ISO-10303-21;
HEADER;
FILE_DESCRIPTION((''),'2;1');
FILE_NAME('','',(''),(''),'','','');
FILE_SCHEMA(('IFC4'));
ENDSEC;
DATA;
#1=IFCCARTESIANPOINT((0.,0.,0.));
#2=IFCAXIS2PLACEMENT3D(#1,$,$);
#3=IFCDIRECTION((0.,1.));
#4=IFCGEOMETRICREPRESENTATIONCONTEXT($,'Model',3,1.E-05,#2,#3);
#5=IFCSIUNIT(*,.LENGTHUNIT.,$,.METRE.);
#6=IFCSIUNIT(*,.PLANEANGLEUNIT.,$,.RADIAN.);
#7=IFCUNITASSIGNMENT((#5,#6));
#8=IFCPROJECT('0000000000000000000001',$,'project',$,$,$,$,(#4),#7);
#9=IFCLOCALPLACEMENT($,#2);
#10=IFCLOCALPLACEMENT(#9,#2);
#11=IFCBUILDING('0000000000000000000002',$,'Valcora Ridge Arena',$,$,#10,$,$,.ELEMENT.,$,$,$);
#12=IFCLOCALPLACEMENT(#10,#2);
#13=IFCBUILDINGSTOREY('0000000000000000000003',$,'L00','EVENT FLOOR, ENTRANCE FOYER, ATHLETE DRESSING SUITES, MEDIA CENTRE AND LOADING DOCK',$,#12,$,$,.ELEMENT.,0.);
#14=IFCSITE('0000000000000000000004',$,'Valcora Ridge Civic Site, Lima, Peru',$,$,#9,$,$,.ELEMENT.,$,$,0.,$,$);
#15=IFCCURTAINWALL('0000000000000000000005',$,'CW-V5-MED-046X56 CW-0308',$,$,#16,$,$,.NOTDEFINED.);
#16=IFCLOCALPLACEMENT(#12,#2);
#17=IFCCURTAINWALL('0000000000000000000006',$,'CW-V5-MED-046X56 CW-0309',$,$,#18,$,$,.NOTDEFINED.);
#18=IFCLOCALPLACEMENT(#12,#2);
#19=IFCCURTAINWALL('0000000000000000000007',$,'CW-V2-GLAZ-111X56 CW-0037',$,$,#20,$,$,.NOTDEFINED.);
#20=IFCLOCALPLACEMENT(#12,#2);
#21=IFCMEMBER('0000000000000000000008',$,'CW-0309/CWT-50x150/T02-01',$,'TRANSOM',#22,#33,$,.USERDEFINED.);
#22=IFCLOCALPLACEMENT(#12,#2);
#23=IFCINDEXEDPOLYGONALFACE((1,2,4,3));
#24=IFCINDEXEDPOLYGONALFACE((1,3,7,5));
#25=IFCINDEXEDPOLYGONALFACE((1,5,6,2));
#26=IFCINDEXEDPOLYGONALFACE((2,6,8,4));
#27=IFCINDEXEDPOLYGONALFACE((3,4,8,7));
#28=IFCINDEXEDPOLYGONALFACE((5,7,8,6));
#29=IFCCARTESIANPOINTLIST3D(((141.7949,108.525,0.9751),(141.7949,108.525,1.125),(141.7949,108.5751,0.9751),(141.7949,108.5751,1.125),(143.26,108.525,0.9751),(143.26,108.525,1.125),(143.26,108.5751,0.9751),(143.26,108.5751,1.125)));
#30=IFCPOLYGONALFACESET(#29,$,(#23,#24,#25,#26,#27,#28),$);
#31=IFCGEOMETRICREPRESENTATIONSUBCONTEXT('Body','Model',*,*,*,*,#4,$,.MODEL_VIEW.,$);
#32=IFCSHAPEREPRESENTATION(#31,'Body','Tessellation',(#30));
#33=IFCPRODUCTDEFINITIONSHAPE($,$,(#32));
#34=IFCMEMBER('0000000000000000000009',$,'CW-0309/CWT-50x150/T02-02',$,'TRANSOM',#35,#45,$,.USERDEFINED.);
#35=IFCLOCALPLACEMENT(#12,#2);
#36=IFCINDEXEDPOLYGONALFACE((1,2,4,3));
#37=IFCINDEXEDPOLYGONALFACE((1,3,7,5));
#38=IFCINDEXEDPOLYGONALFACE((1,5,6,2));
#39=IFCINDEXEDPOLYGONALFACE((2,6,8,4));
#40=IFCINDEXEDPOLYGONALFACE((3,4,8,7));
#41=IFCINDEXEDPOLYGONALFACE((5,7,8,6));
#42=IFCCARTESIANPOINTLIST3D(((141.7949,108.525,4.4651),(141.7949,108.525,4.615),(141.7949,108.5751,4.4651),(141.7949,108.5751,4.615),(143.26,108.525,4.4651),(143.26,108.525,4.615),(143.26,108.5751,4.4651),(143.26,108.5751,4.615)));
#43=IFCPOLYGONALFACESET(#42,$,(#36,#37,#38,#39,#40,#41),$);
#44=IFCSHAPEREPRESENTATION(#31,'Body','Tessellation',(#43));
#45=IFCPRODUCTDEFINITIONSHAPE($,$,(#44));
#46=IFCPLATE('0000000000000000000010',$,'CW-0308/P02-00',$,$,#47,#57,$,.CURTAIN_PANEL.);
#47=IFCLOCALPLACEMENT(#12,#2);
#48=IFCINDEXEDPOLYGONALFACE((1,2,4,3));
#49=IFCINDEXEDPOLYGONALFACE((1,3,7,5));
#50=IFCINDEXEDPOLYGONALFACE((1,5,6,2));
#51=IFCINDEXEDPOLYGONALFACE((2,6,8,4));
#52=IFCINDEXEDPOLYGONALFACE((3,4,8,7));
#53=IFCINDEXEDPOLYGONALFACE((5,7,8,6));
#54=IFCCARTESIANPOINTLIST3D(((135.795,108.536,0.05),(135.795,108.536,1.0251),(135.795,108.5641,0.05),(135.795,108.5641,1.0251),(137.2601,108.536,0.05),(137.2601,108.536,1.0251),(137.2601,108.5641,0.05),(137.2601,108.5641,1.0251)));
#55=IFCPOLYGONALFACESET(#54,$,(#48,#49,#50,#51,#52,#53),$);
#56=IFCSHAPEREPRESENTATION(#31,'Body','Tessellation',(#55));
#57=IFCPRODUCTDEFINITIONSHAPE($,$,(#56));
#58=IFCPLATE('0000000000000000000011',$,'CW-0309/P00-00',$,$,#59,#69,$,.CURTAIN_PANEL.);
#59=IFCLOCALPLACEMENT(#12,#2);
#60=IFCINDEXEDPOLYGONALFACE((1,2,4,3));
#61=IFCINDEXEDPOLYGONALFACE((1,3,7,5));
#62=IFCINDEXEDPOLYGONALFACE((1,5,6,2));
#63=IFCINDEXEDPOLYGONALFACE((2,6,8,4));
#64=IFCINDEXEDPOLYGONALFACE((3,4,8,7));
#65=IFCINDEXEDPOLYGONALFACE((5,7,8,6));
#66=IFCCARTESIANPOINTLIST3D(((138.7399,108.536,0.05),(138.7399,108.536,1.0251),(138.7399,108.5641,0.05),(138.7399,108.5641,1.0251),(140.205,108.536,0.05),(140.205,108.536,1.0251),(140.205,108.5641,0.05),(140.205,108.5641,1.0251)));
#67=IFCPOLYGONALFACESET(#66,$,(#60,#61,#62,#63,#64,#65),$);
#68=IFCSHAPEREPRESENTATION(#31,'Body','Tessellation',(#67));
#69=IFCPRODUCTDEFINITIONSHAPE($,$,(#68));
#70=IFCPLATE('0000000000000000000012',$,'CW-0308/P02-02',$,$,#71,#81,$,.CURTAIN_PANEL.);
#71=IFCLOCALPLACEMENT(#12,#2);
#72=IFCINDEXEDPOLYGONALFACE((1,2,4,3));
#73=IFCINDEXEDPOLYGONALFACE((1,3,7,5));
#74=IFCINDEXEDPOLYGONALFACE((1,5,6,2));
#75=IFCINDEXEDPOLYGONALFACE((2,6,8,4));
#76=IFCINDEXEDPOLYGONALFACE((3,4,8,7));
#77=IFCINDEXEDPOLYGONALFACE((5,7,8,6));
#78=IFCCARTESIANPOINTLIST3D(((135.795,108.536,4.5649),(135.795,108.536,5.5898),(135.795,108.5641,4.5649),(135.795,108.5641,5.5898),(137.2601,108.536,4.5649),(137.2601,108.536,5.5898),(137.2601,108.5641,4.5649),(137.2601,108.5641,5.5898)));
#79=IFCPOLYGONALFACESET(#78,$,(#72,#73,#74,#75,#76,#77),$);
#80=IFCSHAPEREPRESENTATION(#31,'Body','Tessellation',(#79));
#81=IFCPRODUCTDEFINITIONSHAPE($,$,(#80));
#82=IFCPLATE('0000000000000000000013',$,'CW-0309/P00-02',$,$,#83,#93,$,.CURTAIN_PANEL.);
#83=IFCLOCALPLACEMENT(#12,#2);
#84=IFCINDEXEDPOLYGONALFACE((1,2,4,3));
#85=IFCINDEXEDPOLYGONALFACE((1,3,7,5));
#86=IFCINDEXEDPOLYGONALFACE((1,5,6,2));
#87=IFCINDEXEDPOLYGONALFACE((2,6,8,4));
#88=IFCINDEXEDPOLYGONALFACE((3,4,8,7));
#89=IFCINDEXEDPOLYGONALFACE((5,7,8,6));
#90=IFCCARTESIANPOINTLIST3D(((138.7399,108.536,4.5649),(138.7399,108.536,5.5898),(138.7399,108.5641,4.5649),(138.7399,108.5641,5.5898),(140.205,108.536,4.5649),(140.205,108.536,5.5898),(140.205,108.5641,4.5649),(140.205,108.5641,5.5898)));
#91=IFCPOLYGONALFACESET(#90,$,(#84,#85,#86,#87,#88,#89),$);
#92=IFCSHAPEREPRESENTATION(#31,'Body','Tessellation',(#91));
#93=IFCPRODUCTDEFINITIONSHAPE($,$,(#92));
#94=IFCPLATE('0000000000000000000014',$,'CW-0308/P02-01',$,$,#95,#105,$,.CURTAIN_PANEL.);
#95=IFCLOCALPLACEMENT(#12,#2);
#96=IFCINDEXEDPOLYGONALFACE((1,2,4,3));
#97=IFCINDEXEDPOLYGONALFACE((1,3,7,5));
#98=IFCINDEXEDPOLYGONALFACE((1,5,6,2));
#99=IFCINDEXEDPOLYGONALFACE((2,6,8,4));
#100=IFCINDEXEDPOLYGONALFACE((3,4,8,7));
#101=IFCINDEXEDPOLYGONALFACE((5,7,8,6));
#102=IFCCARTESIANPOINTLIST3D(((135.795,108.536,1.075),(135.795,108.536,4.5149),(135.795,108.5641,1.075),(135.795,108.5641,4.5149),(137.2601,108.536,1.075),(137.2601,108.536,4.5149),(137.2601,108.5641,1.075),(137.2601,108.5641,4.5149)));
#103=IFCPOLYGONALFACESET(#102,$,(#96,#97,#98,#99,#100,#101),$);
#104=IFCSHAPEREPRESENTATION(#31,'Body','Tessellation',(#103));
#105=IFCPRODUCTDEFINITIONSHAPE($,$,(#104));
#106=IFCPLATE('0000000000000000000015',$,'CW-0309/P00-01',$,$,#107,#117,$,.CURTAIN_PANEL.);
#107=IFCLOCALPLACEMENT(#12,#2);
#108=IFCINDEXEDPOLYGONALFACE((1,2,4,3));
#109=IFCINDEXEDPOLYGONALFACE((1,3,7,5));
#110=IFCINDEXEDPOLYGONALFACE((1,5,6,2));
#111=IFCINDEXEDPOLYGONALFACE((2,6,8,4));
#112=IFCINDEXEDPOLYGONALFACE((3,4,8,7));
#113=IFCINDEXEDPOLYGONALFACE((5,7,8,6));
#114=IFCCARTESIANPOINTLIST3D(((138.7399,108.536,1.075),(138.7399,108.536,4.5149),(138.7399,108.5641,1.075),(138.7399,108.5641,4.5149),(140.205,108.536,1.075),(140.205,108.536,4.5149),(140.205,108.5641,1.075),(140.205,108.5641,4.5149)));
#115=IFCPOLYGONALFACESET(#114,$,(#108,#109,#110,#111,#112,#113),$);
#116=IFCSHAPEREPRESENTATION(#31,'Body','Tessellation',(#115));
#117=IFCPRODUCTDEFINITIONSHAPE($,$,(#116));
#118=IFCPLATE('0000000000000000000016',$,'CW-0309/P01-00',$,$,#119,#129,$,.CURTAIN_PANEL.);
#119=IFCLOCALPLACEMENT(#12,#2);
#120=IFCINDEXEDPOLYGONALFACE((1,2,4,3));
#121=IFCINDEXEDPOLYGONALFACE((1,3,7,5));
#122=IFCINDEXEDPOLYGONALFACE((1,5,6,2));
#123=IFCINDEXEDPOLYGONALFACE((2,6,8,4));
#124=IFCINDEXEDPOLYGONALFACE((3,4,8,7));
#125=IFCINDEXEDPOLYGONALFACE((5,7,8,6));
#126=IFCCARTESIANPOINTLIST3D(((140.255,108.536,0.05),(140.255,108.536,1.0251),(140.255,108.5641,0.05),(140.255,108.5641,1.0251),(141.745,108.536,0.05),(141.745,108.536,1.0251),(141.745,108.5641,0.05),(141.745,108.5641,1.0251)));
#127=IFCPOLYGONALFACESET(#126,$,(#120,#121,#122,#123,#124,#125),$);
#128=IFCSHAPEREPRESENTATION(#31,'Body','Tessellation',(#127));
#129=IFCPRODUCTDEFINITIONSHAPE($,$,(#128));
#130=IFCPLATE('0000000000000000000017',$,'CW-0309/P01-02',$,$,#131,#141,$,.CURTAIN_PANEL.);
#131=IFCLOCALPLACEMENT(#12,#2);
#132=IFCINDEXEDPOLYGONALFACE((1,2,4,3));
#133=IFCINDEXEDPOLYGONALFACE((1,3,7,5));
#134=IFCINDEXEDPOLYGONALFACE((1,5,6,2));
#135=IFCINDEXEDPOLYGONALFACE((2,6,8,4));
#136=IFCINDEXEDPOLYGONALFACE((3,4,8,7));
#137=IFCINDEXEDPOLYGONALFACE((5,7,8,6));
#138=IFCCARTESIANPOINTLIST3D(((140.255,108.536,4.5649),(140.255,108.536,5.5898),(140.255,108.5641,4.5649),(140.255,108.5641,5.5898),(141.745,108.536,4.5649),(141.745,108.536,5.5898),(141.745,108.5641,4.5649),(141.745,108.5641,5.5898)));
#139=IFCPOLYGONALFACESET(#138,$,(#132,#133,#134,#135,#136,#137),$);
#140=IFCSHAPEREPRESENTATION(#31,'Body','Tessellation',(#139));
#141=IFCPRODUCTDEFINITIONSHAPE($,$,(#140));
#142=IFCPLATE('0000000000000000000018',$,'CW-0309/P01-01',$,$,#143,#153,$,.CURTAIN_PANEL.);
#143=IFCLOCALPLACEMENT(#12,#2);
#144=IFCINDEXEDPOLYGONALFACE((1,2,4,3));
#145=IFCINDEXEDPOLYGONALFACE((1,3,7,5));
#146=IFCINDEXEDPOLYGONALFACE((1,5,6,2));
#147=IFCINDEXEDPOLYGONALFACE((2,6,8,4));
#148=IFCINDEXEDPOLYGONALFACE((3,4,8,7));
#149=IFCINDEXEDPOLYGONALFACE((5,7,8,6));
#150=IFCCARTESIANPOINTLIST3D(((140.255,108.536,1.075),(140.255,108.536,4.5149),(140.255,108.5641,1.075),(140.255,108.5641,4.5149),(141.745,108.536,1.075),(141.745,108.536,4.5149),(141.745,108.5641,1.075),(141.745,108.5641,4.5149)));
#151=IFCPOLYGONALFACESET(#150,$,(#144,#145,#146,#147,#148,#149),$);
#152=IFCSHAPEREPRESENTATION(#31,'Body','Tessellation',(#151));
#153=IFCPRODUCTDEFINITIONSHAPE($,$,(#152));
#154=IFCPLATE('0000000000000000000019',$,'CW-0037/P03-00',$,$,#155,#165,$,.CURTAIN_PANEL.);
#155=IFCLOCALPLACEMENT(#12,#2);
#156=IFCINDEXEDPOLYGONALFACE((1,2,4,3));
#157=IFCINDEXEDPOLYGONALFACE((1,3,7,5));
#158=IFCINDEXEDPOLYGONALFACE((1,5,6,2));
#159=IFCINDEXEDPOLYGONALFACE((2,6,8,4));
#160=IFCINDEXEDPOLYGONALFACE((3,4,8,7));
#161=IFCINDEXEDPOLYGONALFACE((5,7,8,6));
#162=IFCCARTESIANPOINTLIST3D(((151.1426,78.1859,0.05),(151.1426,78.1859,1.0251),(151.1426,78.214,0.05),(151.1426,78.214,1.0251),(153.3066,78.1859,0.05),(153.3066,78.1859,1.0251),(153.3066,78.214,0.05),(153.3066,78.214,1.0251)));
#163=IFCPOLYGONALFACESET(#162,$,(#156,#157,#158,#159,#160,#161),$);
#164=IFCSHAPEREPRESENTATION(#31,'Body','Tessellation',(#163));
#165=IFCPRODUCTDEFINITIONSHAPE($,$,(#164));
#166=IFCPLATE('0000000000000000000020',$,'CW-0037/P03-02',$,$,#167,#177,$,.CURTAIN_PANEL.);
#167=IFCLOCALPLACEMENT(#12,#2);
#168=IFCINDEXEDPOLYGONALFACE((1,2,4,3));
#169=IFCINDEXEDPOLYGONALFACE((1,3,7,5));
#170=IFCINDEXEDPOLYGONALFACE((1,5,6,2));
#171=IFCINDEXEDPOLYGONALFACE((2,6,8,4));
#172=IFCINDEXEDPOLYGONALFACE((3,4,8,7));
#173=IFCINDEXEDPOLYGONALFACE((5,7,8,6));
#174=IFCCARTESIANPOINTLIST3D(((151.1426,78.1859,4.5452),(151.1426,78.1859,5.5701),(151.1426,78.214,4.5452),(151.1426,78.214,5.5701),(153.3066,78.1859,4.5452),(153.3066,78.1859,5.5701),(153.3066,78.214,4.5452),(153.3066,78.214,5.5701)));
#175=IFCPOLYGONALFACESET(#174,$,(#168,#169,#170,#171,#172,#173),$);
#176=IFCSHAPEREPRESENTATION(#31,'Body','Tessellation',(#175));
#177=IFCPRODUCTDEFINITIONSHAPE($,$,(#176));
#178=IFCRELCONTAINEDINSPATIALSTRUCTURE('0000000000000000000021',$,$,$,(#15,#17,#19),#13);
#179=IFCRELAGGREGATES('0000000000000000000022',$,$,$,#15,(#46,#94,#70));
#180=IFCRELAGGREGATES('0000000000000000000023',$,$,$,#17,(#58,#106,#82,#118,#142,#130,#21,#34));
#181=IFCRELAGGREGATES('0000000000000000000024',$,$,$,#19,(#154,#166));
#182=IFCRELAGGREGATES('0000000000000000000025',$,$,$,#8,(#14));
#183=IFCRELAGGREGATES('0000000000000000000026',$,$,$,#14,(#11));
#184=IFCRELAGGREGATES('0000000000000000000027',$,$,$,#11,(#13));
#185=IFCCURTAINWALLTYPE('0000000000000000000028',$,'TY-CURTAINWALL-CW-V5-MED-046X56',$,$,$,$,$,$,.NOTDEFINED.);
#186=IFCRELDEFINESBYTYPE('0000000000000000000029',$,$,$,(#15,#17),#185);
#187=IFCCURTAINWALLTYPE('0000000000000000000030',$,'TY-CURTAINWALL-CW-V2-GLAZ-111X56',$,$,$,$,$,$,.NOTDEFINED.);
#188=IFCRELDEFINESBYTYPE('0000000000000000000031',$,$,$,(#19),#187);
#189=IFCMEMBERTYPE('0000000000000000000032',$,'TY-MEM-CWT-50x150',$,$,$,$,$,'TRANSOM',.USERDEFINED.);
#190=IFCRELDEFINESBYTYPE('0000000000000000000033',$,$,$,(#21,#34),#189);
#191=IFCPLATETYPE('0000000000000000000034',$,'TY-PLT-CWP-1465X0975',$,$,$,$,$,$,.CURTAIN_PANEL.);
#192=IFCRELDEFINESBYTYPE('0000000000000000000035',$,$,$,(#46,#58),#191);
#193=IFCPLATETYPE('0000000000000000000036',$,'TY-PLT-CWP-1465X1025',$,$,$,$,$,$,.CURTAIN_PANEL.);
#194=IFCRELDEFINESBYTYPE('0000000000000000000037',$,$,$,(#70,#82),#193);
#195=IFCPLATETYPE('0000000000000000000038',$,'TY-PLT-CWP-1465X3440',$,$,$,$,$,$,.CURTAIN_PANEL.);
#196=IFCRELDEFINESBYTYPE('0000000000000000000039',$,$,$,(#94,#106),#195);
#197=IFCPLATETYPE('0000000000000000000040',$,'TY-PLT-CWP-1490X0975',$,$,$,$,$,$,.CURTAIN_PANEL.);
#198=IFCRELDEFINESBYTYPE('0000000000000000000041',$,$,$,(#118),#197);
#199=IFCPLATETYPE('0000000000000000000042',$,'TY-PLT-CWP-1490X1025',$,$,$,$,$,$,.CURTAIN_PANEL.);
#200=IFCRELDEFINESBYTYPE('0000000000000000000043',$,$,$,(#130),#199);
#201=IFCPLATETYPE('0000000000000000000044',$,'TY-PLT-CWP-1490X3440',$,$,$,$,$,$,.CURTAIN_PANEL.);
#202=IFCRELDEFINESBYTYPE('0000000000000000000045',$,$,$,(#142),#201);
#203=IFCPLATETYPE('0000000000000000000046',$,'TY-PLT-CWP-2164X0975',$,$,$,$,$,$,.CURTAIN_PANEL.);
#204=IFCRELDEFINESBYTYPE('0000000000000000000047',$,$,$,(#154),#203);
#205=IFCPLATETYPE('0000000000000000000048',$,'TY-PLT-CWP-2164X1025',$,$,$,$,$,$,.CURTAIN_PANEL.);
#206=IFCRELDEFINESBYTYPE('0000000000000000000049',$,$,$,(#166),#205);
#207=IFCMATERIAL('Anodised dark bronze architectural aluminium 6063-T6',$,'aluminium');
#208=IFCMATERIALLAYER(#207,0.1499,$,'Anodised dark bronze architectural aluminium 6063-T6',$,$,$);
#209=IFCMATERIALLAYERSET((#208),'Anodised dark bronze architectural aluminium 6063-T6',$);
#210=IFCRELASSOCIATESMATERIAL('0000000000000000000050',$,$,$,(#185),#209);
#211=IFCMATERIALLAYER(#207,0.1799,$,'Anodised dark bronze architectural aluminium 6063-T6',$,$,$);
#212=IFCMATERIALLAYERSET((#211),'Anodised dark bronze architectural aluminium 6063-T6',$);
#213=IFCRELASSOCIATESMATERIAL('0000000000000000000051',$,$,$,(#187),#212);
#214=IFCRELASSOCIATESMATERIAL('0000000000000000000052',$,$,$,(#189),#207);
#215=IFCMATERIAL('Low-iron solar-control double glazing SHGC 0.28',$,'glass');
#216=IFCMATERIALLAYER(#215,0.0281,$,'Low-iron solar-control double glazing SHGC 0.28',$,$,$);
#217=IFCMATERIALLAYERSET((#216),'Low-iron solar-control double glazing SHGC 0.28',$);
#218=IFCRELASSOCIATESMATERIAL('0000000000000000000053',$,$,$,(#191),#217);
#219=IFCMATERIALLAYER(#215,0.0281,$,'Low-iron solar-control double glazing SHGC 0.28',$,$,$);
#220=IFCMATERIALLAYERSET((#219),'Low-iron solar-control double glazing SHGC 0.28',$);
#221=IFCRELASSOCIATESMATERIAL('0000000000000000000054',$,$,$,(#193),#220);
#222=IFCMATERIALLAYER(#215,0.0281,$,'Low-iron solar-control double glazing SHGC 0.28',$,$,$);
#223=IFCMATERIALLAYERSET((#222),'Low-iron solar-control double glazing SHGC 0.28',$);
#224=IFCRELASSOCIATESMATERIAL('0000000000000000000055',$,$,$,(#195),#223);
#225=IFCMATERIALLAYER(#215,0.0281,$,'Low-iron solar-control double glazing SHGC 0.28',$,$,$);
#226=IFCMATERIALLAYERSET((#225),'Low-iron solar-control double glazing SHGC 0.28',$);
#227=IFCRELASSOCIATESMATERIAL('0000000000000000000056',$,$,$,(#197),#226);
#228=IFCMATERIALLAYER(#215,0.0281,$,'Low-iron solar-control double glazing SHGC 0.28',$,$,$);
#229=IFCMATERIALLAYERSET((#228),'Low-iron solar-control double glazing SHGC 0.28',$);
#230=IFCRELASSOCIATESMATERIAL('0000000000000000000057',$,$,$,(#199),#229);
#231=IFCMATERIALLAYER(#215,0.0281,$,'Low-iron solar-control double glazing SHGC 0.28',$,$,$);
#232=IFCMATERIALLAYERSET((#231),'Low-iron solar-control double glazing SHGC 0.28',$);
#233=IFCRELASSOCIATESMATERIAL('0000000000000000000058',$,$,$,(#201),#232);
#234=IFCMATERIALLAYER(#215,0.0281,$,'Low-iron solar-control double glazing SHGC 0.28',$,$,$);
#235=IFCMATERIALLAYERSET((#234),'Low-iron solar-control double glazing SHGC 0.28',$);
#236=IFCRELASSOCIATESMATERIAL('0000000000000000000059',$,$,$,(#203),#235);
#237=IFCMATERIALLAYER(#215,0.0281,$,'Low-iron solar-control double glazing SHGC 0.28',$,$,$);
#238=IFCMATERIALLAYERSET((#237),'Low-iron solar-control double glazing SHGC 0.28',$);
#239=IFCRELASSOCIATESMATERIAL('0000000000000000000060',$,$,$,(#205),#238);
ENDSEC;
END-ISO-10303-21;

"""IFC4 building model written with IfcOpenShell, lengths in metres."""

from ifc_helpers import new_model, si_unit, direction, frame, origin, origin_2d, place, context, subcontext, project, spatial, rectangle, extrude, material, layer, layer_set, material_profile, profile_set, type_object, element, aggregate, save


model = new_model("IFC4")

# Units and contexts
model_context = context("Model", 3, precision=1e-05, world=origin(), true_north=direction((0.0, 1.0)))
body_context = subcontext(model_context, "Body", "Model", "MODEL_VIEW")
ifc_project = project(units=[si_unit("LENGTHUNIT", "METRE"), si_unit("PLANEANGLEUNIT", "RADIAN")], contexts=[model_context])

# Site, building, storey
site_placement = place(None, origin())
site = spatial("IfcSite", under=ifc_project, at=site_placement, Name="Valcora Ridge Civic Site, Lima, Peru", CompositionType="ELEMENT", RefElevation=0.0)
building_placement = place(site_placement, origin())
building = spatial("IfcBuilding", under=site, at=building_placement, Name="Valcora Ridge Arena", CompositionType="ELEMENT")
storey_placement = place(building_placement, origin())
storey = spatial("IfcBuildingStorey", under=building, at=storey_placement, Name="L00", Description="EVENT FLOOR, ENTRANCE FOYER, ATHLETE DRESSING SUITES, MEDIA CENTRE AND LOADING DOCK", CompositionType="ELEMENT", Elevation=0.0)

# Curtain walls
ifc_material_1 = material(Name="Anodised dark bronze architectural aluminium 6063-T6", Category="aluminium")
ifc_layer_1 = layer(ifc_material_1, 0.1499, Name="Anodised dark bronze architectural aluminium 6063-T6")
ifc_layer_set_1 = layer_set([ifc_layer_1], Name="Anodised dark bronze architectural aluminium 6063-T6")
curtain_wall_type_1 = type_object("IfcCurtainWallType", Name="TY-CURTAINWALL-CW-V5-MED-046X56", PredefinedType="NOTDEFINED", material=ifc_layer_set_1)
curtain_wall_1_placement = place(storey_placement, origin())
curtain_wall_1 = element("IfcCurtainWall", 1, at=curtain_wall_1_placement, inside=storey, type_object=curtain_wall_type_1, Name="CW-V5-MED-046X56 CW-0308", PredefinedType="NOTDEFINED")
curtain_wall_2_placement = place(storey_placement, origin())
curtain_wall_2 = element("IfcCurtainWall", 2, at=curtain_wall_2_placement, inside=storey, type_object=curtain_wall_type_1, Name="CW-V5-MED-046X56 CW-0309", PredefinedType="NOTDEFINED")

# Curtain wall
ifc_layer_2 = layer(ifc_material_1, 0.1799, Name="Anodised dark bronze architectural aluminium 6063-T6")
ifc_layer_set_2 = layer_set([ifc_layer_2], Name="Anodised dark bronze architectural aluminium 6063-T6")
curtain_wall_type_2 = type_object("IfcCurtainWallType", Name="TY-CURTAINWALL-CW-V2-GLAZ-111X56", PredefinedType="NOTDEFINED", material=ifc_layer_set_2)
curtain_wall_3_placement = place(storey_placement, origin())
curtain_wall_3 = element("IfcCurtainWall", 3, at=curtain_wall_3_placement, inside=storey, type_object=curtain_wall_type_2, Name="CW-V2-GLAZ-111X56 CW-0037", PredefinedType="NOTDEFINED")
ifc_material_profile_1 = material_profile(ifc_material_1, rectangle(XDim=0.05, YDim=0.1499, at=origin_2d()), Name="ALU TRANSOM 50x150")
ifc_profile_set_1 = profile_set([ifc_material_profile_1], Name="Anodised dark bronze architectural aluminium 6063-T6")
member_type_1 = type_object("IfcMemberType", Name="TY-MEM-CWT-50x150", ElementType="TRANSOM", PredefinedType="USERDEFINED", material=ifc_profile_set_1)

# Members
member_1_placement = place(storey_placement, frame((141.7949, 108.55, 1.05), z_axis=(1.0, 0.0, 0.0), x_axis=(0.0, 1.0, 0.0)))
member_1 = element("IfcMember", 4, at=member_1_placement, type_object=member_type_1, Name="CW-0309/CWT-50x150/T02-01", ObjectType="TRANSOM", PredefinedType="USERDEFINED", context=body_context, shape_type="SweptSolid", body=[
    extrude(rectangle(XDim=0.05, YDim=0.1499, at=origin_2d()), origin(), (0.0, 0.0, 1.0), 1.4651),
])
member_2_placement = place(storey_placement, frame((141.7949, 108.55, 4.54), z_axis=(1.0, 0.0, 0.0), x_axis=(0.0, 1.0, 0.0)))
member_2 = element("IfcMember", 5, at=member_2_placement, type_object=member_type_1, Name="CW-0309/CWT-50x150/T02-02", ObjectType="TRANSOM", PredefinedType="USERDEFINED", context=body_context, shape_type="SweptSolid", body=[
    extrude(rectangle(XDim=0.05, YDim=0.1499, at=origin_2d()), origin(), (0.0, 0.0, 1.0), 1.4651),
])

# Plates
ifc_material_2 = material(Name="Low-iron solar-control double glazing SHGC 0.28", Category="glass")
ifc_layer_3 = layer(ifc_material_2, 0.0281, Name="Low-iron solar-control double glazing SHGC 0.28")
ifc_layer_set_3 = layer_set([ifc_layer_3], Name="Low-iron solar-control double glazing SHGC 0.28")
plate_type_1 = type_object("IfcPlateType", Name="TY-PLT-CWP-1465X0975", PredefinedType="CURTAIN_PANEL", material=ifc_layer_set_3)
plate_1_placement = place(storey_placement, frame((136.5276, 108.55, 0.05), z_axis=(0.0, 0.0, 1.0), x_axis=(1.0, 0.0, 0.0)))
plate_1 = element("IfcPlate", 6, at=plate_1_placement, type_object=plate_type_1, Name="CW-0308/P02-00", PredefinedType="CURTAIN_PANEL", context=body_context, shape_type="SweptSolid", body=[
    extrude(rectangle(XDim=1.4651, YDim=0.0281, at=origin_2d()), origin(), (0.0, 0.0, 1.0), 0.9751),
])
plate_2_placement = place(storey_placement, frame((139.4724, 108.55, 0.05), z_axis=(0.0, 0.0, 1.0), x_axis=(1.0, 0.0, 0.0)))
plate_2 = element("IfcPlate", 7, at=plate_2_placement, type_object=plate_type_1, Name="CW-0309/P00-00", PredefinedType="CURTAIN_PANEL", context=body_context, shape_type="SweptSolid", body=[
    extrude(rectangle(XDim=1.4651, YDim=0.0281, at=origin_2d()), origin(), (0.0, 0.0, 1.0), 0.9751),
])
ifc_layer_4 = layer(ifc_material_2, 0.0281, Name="Low-iron solar-control double glazing SHGC 0.28")
ifc_layer_set_4 = layer_set([ifc_layer_4], Name="Low-iron solar-control double glazing SHGC 0.28")
plate_type_2 = type_object("IfcPlateType", Name="TY-PLT-CWP-1465X1025", PredefinedType="CURTAIN_PANEL", material=ifc_layer_set_4)
plate_3_placement = place(storey_placement, frame((136.5276, 108.55, 4.5649), z_axis=(0.0, 0.0, 1.0), x_axis=(1.0, 0.0, 0.0)))
plate_3 = element("IfcPlate", 8, at=plate_3_placement, type_object=plate_type_2, Name="CW-0308/P02-02", PredefinedType="CURTAIN_PANEL", context=body_context, shape_type="SweptSolid", body=[
    extrude(rectangle(XDim=1.4651, YDim=0.0281, at=origin_2d()), origin(), (0.0, 0.0, 1.0), 1.0249),
])
plate_4_placement = place(storey_placement, frame((139.4724, 108.55, 4.5649), z_axis=(0.0, 0.0, 1.0), x_axis=(1.0, 0.0, 0.0)))
plate_4 = element("IfcPlate", 9, at=plate_4_placement, type_object=plate_type_2, Name="CW-0309/P00-02", PredefinedType="CURTAIN_PANEL", context=body_context, shape_type="SweptSolid", body=[
    extrude(rectangle(XDim=1.4651, YDim=0.0281, at=origin_2d()), origin(), (0.0, 0.0, 1.0), 1.0249),
])
ifc_layer_5 = layer(ifc_material_2, 0.0281, Name="Low-iron solar-control double glazing SHGC 0.28")
ifc_layer_set_5 = layer_set([ifc_layer_5], Name="Low-iron solar-control double glazing SHGC 0.28")
plate_type_3 = type_object("IfcPlateType", Name="TY-PLT-CWP-1465X3440", PredefinedType="CURTAIN_PANEL", material=ifc_layer_set_5)
plate_5_placement = place(storey_placement, frame((136.5276, 108.55, 1.075), z_axis=(0.0, 0.0, 1.0), x_axis=(1.0, 0.0, 0.0)))
plate_5 = element("IfcPlate", 10, at=plate_5_placement, type_object=plate_type_3, Name="CW-0308/P02-01", PredefinedType="CURTAIN_PANEL", context=body_context, shape_type="SweptSolid", body=[
    extrude(rectangle(XDim=1.4651, YDim=0.0281, at=origin_2d()), origin(), (0.0, 0.0, 1.0), 3.4399),
])
aggregate(curtain_wall_1, [plate_1, plate_5, plate_3])
plate_6_placement = place(storey_placement, frame((139.4724, 108.55, 1.075), z_axis=(0.0, 0.0, 1.0), x_axis=(1.0, 0.0, 0.0)))
plate_6 = element("IfcPlate", 11, at=plate_6_placement, type_object=plate_type_3, Name="CW-0309/P00-01", PredefinedType="CURTAIN_PANEL", context=body_context, shape_type="SweptSolid", body=[
    extrude(rectangle(XDim=1.4651, YDim=0.0281, at=origin_2d()), origin(), (0.0, 0.0, 1.0), 3.4399),
])
ifc_layer_6 = layer(ifc_material_2, 0.0281, Name="Low-iron solar-control double glazing SHGC 0.28")
ifc_layer_set_6 = layer_set([ifc_layer_6], Name="Low-iron solar-control double glazing SHGC 0.28")
plate_type_4 = type_object("IfcPlateType", Name="TY-PLT-CWP-1490X0975", PredefinedType="CURTAIN_PANEL", material=ifc_layer_set_6)
plate_7_placement = place(storey_placement, frame((141.0, 108.55, 0.05), z_axis=(0.0, 0.0, 1.0), x_axis=(1.0, 0.0, 0.0)))
plate_7 = element("IfcPlate", 12, at=plate_7_placement, type_object=plate_type_4, Name="CW-0309/P01-00", PredefinedType="CURTAIN_PANEL", context=body_context, shape_type="SweptSolid", body=[
    extrude(rectangle(XDim=1.49, YDim=0.0281, at=origin_2d()), origin(), (0.0, 0.0, 1.0), 0.9751),
])
ifc_layer_7 = layer(ifc_material_2, 0.0281, Name="Low-iron solar-control double glazing SHGC 0.28")
ifc_layer_set_7 = layer_set([ifc_layer_7], Name="Low-iron solar-control double glazing SHGC 0.28")
plate_type_5 = type_object("IfcPlateType", Name="TY-PLT-CWP-1490X1025", PredefinedType="CURTAIN_PANEL", material=ifc_layer_set_7)
plate_8_placement = place(storey_placement, frame((141.0, 108.55, 4.5649), z_axis=(0.0, 0.0, 1.0), x_axis=(1.0, 0.0, 0.0)))
plate_8 = element("IfcPlate", 13, at=plate_8_placement, type_object=plate_type_5, Name="CW-0309/P01-02", PredefinedType="CURTAIN_PANEL", context=body_context, shape_type="SweptSolid", body=[
    extrude(rectangle(XDim=1.49, YDim=0.0281, at=origin_2d()), origin(), (0.0, 0.0, 1.0), 1.0249),
])
ifc_layer_8 = layer(ifc_material_2, 0.0281, Name="Low-iron solar-control double glazing SHGC 0.28")
ifc_layer_set_8 = layer_set([ifc_layer_8], Name="Low-iron solar-control double glazing SHGC 0.28")
plate_type_6 = type_object("IfcPlateType", Name="TY-PLT-CWP-1490X3440", PredefinedType="CURTAIN_PANEL", material=ifc_layer_set_8)
plate_9_placement = place(storey_placement, frame((141.0, 108.55, 1.075), z_axis=(0.0, 0.0, 1.0), x_axis=(1.0, 0.0, 0.0)))
plate_9 = element("IfcPlate", 14, at=plate_9_placement, type_object=plate_type_6, Name="CW-0309/P01-01", PredefinedType="CURTAIN_PANEL", context=body_context, shape_type="SweptSolid", body=[
    extrude(rectangle(XDim=1.49, YDim=0.0281, at=origin_2d()), origin(), (0.0, 0.0, 1.0), 3.4399),
])
aggregate(curtain_wall_2, [plate_2, plate_6, plate_4, plate_7, plate_9, plate_8, member_1, member_2])
ifc_layer_9 = layer(ifc_material_2, 0.0281, Name="Low-iron solar-control double glazing SHGC 0.28")
ifc_layer_set_9 = layer_set([ifc_layer_9], Name="Low-iron solar-control double glazing SHGC 0.28")
plate_type_7 = type_object("IfcPlateType", Name="TY-PLT-CWP-2164X0975", PredefinedType="CURTAIN_PANEL", material=ifc_layer_set_9)
plate_10_placement = place(storey_placement, frame((152.2246, 78.2, 0.05), z_axis=(0.0, 0.0, 1.0), x_axis=(1.0, 0.0, 0.0)))
plate_10 = element("IfcPlate", 15, at=plate_10_placement, type_object=plate_type_7, Name="CW-0037/P03-00", PredefinedType="CURTAIN_PANEL", context=body_context, shape_type="SweptSolid", body=[
    extrude(rectangle(XDim=2.1641, YDim=0.0281, at=origin_2d()), origin(), (0.0, 0.0, 1.0), 0.9751),
])
ifc_layer_10 = layer(ifc_material_2, 0.0281, Name="Low-iron solar-control double glazing SHGC 0.28")
ifc_layer_set_10 = layer_set([ifc_layer_10], Name="Low-iron solar-control double glazing SHGC 0.28")
plate_type_8 = type_object("IfcPlateType", Name="TY-PLT-CWP-2164X1025", PredefinedType="CURTAIN_PANEL", material=ifc_layer_set_10)
plate_11_placement = place(storey_placement, frame((152.2246, 78.2, 4.5452), z_axis=(0.0, 0.0, 1.0), x_axis=(1.0, 0.0, 0.0)))
plate_11 = element("IfcPlate", 16, at=plate_11_placement, type_object=plate_type_8, Name="CW-0037/P03-02", PredefinedType="CURTAIN_PANEL", context=body_context, shape_type="SweptSolid", body=[
    extrude(rectangle(XDim=2.1641, YDim=0.0281, at=origin_2d()), origin(), (0.0, 0.0, 1.0), 1.0249),
])
aggregate(curtain_wall_3, [plate_10, plate_11])

save(model, "model.ifc")
